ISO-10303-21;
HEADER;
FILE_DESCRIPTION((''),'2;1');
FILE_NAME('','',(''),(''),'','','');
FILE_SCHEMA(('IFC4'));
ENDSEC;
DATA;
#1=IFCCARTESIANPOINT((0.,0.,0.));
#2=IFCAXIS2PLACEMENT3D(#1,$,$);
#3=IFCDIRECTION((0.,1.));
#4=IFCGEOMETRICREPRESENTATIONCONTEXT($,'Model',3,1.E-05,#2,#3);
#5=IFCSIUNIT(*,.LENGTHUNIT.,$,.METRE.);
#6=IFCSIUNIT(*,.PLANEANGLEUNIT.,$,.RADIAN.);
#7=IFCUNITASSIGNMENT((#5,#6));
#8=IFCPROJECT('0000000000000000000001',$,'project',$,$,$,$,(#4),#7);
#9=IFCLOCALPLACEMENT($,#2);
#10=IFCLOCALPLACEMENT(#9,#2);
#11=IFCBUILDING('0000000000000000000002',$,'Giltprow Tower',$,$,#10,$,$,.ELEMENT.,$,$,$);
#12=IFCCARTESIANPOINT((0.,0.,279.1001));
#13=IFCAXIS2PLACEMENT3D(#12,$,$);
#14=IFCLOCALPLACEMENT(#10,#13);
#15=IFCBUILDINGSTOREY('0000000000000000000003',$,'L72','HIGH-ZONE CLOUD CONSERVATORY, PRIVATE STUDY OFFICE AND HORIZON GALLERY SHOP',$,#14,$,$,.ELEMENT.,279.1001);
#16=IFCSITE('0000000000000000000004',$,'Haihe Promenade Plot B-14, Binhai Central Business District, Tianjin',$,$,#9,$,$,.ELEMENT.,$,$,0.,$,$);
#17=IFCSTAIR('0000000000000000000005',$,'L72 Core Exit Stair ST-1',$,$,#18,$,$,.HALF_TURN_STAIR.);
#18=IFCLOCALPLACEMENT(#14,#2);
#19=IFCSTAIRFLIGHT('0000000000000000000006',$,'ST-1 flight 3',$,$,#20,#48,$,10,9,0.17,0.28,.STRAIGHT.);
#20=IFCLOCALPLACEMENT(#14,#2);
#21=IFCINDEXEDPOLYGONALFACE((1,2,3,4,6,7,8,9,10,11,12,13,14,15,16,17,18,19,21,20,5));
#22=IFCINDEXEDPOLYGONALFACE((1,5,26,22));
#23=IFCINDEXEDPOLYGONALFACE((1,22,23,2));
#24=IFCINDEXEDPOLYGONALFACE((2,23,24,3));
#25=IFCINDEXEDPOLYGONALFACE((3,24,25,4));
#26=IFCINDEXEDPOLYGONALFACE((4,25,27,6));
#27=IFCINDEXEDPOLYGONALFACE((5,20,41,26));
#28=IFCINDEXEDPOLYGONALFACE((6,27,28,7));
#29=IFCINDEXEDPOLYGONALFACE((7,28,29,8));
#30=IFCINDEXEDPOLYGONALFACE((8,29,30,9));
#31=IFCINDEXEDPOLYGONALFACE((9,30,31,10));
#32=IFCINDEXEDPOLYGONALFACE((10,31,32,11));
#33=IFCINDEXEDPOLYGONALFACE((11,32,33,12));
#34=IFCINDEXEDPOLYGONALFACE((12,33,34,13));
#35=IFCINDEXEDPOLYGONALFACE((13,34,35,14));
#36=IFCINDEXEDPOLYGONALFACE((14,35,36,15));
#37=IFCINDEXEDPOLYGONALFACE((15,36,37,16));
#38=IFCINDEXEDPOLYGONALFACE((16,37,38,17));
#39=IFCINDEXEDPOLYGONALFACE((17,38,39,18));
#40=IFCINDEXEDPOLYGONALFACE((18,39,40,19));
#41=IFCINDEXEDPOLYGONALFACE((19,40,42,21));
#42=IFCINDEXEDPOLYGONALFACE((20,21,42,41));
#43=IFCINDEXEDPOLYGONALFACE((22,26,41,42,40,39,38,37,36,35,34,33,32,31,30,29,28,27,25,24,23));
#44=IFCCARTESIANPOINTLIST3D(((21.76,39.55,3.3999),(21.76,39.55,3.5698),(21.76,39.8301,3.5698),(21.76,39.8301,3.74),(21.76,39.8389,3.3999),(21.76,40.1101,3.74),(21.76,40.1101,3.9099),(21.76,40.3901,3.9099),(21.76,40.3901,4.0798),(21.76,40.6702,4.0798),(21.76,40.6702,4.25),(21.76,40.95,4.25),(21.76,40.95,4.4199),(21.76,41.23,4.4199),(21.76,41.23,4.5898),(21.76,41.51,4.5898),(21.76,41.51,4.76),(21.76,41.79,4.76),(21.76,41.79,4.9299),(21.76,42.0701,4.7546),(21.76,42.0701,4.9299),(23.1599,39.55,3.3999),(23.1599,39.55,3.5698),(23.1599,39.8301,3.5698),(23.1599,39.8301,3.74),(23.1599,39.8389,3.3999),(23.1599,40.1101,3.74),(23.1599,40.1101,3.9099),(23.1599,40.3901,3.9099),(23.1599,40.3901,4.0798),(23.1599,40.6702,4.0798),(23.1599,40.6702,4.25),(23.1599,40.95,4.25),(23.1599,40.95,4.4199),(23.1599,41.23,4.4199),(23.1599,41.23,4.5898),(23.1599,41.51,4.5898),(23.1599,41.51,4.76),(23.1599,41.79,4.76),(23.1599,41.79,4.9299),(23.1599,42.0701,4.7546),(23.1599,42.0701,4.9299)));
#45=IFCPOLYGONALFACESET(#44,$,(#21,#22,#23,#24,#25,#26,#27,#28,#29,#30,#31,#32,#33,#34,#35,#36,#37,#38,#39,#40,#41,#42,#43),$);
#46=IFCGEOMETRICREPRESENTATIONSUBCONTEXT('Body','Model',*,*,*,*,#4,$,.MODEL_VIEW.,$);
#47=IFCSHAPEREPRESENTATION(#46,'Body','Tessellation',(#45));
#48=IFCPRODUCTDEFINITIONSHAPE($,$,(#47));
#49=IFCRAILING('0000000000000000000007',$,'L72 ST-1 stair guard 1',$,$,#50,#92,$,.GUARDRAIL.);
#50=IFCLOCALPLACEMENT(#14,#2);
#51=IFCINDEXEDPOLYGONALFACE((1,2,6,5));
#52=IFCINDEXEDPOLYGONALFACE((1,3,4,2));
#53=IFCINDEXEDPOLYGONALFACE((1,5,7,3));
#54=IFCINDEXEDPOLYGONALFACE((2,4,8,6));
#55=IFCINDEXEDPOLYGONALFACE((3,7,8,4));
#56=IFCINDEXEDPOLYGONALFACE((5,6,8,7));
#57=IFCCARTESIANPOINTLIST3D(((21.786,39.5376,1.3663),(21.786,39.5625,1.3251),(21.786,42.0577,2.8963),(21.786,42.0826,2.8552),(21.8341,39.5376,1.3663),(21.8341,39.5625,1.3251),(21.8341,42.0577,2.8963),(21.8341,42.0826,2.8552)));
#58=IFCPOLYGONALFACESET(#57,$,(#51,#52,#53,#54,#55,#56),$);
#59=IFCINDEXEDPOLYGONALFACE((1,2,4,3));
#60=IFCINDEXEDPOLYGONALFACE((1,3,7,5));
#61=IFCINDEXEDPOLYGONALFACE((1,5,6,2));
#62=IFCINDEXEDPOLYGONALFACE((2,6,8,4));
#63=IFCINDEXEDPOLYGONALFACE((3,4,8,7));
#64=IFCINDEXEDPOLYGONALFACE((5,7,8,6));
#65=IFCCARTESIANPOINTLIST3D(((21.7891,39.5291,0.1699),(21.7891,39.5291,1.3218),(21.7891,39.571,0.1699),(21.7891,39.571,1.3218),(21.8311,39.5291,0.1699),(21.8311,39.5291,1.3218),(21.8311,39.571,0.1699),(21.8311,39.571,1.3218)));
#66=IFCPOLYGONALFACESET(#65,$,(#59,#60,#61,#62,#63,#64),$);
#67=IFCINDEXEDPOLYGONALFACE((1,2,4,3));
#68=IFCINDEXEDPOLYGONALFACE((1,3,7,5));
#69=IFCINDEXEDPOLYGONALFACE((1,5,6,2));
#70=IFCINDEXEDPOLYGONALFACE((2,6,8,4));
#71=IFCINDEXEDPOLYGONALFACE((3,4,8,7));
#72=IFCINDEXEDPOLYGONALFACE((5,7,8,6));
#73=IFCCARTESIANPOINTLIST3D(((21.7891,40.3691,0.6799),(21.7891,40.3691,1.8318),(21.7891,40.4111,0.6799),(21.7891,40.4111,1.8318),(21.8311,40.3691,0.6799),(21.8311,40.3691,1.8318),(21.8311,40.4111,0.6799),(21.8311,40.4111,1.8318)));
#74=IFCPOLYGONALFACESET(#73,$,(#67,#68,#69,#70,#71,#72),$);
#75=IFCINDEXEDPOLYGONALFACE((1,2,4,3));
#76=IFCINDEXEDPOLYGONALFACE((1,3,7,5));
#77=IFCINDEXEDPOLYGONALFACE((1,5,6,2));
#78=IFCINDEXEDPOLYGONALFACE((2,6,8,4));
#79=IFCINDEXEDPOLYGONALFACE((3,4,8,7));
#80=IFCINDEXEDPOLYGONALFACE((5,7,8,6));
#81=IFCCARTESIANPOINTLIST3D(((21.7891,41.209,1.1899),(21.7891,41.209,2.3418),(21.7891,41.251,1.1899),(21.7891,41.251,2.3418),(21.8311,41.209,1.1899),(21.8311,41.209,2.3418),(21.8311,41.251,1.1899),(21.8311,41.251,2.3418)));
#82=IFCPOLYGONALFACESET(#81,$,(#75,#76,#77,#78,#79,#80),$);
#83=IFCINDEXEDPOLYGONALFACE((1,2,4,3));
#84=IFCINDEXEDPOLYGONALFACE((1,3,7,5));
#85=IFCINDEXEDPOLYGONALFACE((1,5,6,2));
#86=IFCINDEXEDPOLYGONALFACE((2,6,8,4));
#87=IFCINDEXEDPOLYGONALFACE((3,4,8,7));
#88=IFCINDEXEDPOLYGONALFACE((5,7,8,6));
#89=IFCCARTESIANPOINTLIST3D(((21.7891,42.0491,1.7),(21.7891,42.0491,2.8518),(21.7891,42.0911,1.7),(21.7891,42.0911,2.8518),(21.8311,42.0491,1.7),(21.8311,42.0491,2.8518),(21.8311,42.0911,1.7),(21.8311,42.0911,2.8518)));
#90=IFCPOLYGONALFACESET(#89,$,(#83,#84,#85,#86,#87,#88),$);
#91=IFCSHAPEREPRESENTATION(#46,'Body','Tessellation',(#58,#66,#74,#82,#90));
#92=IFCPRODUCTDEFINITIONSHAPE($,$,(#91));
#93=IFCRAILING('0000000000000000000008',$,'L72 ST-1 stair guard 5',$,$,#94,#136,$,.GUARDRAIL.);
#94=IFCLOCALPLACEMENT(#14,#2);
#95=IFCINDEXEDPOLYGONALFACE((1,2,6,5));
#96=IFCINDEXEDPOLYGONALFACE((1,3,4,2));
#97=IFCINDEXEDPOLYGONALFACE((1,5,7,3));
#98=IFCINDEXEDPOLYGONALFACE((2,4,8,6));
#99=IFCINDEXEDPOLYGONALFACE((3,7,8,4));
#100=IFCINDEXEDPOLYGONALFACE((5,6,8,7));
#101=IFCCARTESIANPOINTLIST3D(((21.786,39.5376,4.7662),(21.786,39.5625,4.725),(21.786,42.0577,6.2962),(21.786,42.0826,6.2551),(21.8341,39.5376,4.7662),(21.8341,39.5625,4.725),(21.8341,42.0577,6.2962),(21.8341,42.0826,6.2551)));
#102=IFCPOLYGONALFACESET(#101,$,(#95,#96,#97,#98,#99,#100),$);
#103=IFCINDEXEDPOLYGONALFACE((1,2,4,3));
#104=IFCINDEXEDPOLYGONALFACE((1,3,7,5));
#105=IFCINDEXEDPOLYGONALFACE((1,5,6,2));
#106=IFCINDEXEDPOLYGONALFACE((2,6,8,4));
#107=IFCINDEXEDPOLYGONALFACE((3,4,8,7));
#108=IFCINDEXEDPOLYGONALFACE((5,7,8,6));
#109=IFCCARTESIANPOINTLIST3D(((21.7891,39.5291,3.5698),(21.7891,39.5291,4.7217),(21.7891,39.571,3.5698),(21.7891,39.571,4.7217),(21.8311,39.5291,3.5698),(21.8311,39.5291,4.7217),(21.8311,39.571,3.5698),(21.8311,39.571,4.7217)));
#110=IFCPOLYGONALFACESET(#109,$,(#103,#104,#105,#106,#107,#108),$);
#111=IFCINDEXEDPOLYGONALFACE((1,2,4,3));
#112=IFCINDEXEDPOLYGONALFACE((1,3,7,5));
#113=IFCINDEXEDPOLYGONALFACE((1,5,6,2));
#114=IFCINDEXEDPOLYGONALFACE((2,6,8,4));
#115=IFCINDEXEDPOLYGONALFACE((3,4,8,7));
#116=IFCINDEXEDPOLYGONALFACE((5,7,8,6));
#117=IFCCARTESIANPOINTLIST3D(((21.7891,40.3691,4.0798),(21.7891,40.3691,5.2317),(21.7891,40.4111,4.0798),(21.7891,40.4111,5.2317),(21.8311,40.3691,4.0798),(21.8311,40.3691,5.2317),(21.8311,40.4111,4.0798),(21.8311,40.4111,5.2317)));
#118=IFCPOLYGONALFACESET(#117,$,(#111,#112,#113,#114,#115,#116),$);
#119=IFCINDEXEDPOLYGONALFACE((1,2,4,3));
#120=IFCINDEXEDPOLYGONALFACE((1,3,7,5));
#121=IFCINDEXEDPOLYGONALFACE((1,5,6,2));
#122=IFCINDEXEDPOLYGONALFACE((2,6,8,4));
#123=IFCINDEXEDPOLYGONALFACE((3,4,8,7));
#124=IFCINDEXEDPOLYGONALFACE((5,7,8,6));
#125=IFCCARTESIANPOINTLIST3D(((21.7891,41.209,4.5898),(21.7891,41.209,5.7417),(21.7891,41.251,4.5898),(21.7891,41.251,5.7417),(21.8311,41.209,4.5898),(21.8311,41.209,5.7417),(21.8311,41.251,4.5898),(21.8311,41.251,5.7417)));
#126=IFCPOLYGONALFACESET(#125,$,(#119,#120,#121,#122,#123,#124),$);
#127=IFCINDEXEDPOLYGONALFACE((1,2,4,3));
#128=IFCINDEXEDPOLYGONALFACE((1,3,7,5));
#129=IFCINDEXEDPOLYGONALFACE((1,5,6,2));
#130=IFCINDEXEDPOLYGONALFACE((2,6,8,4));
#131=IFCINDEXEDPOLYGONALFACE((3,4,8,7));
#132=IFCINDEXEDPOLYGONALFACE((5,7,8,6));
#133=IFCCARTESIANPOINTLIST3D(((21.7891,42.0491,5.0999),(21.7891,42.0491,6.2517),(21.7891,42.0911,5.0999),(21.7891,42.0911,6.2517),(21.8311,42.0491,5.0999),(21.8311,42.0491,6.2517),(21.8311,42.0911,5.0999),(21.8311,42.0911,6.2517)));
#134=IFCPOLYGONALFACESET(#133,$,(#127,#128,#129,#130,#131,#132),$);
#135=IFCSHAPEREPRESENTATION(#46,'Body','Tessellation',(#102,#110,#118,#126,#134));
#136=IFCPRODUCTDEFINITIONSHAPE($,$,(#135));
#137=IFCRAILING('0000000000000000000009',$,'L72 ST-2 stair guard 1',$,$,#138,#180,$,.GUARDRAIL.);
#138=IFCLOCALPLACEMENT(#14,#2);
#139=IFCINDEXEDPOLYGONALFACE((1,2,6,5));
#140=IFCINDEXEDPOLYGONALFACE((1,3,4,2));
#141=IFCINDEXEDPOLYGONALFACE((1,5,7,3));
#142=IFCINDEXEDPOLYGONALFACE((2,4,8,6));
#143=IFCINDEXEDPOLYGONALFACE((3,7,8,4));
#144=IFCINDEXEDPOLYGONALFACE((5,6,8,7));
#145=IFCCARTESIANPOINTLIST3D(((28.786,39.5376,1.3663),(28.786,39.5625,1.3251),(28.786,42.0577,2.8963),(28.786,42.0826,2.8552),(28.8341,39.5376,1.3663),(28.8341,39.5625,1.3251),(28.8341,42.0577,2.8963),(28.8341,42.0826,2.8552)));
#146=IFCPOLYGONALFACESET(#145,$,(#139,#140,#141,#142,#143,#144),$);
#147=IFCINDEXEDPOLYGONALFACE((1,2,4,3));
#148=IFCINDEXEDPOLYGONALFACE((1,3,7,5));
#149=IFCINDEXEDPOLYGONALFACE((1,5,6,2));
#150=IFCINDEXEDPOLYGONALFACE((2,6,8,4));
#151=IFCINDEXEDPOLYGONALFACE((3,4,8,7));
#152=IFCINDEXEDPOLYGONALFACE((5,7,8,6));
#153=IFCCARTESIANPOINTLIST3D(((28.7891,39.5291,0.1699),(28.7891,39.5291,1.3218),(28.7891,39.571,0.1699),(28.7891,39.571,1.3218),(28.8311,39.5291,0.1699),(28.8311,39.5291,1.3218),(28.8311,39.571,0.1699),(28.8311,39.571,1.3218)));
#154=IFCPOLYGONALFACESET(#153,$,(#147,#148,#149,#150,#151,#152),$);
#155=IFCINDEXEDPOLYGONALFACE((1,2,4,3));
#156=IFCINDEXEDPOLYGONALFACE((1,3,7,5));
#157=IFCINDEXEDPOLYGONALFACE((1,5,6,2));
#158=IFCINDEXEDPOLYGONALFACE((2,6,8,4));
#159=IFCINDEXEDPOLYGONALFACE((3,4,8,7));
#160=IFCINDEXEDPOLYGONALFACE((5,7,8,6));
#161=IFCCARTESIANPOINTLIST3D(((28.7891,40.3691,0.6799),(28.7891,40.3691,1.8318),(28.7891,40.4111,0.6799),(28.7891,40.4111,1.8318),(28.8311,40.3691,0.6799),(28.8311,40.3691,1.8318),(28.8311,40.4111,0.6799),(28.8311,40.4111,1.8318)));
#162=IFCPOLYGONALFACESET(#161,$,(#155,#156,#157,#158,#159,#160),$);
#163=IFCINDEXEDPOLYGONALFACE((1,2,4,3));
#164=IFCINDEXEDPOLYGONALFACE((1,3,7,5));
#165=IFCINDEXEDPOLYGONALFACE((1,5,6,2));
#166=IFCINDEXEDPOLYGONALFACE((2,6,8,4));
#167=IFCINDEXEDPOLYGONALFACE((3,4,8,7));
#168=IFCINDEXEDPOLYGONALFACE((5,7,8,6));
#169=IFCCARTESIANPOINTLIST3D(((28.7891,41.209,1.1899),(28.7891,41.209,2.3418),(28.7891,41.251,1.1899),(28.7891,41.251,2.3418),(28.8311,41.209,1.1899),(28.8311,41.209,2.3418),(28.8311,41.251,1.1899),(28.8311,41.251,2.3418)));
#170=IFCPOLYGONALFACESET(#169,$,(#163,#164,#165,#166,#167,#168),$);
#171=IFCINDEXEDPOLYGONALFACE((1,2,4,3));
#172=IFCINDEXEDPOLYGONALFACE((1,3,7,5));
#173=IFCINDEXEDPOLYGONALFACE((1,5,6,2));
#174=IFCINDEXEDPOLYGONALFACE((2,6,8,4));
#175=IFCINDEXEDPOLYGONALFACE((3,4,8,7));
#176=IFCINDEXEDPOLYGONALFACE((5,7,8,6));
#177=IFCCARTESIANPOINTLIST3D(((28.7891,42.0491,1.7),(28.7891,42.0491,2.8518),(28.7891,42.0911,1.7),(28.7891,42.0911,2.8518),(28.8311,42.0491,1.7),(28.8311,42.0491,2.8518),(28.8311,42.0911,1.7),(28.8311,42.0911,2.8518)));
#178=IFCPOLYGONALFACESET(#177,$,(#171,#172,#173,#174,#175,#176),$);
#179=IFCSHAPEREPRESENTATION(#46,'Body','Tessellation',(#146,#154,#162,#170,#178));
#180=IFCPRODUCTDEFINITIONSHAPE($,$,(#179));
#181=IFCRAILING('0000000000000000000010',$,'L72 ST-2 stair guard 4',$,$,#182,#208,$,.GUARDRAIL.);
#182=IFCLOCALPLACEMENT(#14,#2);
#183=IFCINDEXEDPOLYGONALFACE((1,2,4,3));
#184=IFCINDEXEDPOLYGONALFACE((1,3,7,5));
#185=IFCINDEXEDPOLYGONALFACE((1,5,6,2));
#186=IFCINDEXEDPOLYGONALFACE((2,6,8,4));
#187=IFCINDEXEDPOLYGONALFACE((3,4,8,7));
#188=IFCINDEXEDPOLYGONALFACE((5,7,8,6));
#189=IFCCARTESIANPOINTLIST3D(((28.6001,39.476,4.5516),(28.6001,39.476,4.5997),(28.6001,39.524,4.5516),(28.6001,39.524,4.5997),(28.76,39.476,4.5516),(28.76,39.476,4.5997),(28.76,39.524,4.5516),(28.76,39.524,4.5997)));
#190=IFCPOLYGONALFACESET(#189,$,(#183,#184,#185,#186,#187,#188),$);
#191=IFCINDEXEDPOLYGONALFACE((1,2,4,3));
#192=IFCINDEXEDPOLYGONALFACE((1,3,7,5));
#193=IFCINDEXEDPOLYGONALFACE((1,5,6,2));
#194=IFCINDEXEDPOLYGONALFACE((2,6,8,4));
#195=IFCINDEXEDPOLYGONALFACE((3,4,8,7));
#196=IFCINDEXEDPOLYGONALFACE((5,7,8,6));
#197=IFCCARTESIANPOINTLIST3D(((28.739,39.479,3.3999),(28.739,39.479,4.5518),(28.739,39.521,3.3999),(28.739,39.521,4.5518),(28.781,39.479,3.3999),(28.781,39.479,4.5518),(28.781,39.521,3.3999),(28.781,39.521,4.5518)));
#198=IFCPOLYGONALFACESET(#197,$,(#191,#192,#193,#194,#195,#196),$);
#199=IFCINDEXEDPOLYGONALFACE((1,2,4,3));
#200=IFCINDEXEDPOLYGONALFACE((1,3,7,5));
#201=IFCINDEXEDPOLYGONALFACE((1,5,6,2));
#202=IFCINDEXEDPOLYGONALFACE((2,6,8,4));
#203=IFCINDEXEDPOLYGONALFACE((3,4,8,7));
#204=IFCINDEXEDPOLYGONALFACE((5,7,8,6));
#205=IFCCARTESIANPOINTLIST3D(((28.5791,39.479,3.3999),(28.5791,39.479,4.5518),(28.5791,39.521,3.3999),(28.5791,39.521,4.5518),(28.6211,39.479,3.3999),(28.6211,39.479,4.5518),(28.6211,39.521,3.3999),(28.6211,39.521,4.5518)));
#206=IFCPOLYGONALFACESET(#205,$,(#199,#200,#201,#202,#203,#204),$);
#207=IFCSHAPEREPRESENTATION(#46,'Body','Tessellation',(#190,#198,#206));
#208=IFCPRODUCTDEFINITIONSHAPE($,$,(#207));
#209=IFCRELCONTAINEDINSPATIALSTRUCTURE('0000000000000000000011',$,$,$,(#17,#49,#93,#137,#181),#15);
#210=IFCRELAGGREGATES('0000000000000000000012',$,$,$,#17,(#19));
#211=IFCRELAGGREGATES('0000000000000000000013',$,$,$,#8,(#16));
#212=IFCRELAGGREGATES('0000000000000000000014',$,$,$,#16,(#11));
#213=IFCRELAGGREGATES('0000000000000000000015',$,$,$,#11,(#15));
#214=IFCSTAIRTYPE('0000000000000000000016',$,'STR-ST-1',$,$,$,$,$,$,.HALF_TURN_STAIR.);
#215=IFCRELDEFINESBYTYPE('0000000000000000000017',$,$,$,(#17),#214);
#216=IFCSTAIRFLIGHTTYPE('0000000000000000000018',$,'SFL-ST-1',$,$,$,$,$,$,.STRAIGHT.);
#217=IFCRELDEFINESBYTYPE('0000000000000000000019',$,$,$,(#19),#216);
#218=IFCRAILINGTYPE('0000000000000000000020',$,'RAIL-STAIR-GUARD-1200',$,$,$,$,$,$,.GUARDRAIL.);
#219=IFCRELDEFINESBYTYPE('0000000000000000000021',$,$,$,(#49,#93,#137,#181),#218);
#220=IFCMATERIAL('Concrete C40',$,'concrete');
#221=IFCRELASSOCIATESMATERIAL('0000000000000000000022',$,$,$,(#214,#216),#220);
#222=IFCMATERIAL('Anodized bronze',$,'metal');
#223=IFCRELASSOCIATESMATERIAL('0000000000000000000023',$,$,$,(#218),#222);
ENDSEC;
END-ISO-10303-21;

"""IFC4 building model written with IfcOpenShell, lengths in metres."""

from ifc_helpers import new_model, si_unit, direction, frame, origin, origin_2d, place, context, subcontext, project, spatial, polyline, rectangle, outline, extrude, material, type_object, element, aggregate, save


model = new_model("IFC4")

# Units and contexts
model_context = context("Model", 3, precision=1e-05, world=origin(), true_north=direction((0.0, 1.0)))
body_context = subcontext(model_context, "Body", "Model", "MODEL_VIEW")
ifc_project = project(units=[si_unit("LENGTHUNIT", "METRE"), si_unit("PLANEANGLEUNIT", "RADIAN")], contexts=[model_context])

# Site, building, storey
site_placement = place(None, origin())
site = spatial("IfcSite", under=ifc_project, at=site_placement, Name="Haihe Promenade Plot B-14, Binhai Central Business District, Tianjin", CompositionType="ELEMENT", RefElevation=0.0)
building_placement = place(site_placement, origin())
building = spatial("IfcBuilding", under=site, at=building_placement, Name="Giltprow Tower", CompositionType="ELEMENT")
storey_placement = place(building_placement, frame((0.0, 0.0, 279.1001)))
storey = spatial("IfcBuildingStorey", under=building, at=storey_placement, Name="L72", Description="HIGH-ZONE CLOUD CONSERVATORY, PRIVATE STUDY OFFICE AND HORIZON GALLERY SHOP", CompositionType="ELEMENT", Elevation=279.1001)

# Shared definitions
ifc_material_1 = material(Name="Concrete C40", Category="concrete")

# Stair, stair flight
stair_type = type_object("IfcStairType", Name="STR-ST-1", PredefinedType="HALF_TURN_STAIR", material=ifc_material_1)
stair_placement = place(storey_placement, origin())
stair = element("IfcStair", 1, at=stair_placement, inside=storey, type_object=stair_type, Name="L72 Core Exit Stair ST-1", PredefinedType="HALF_TURN_STAIR")
stair_flight_type = type_object("IfcStairFlightType", Name="SFL-ST-1", PredefinedType="STRAIGHT", material=ifc_material_1)
stair_flight_1_placement = place(storey_placement, frame((22.46, 39.55, 3.3999), z_axis=(0.0, 0.0, 1.0), x_axis=(0.0, 1.0, 0.0)))
stair_flight_1 = element("IfcStairFlight", 2, at=stair_flight_1_placement, type_object=stair_flight_type, Name="ST-1 flight 3", NumberOfRisers=10, NumberOfTreads=9, PredefinedType="STRAIGHT", RiserHeight=0.17, TreadLength=0.28, context=body_context, shape_type="SweptSolid", body=[
    extrude(outline(polyline([(0.0, 0.0), (0.0, 0.1699), (0.28, 0.1699), (0.28, 0.3401), (0.5601, 0.3401), (0.5601, 0.51), (0.8401, 0.51), (0.8401, 0.6799), (1.1201, 0.6799), (1.1201, 0.8501), (1.3999, 0.8501), (1.3999, 1.02), (1.6799, 1.02), (1.6799, 1.1899), (1.96, 1.1899), (1.96, 1.3601), (2.24, 1.3601), (2.24, 1.53), (2.52, 1.53), (2.52, 1.7), (2.52, 1.3547), (0.2888, 0.0), (0.0, 0.0)])), frame((0.0, 0.7, 0.0), z_axis=(0.0, -1.0, 0.0), x_axis=(1.0, 0.0, 0.0)), (0.0, 0.0, 1.0), 1.3999),
])
aggregate(stair, [stair_flight_1])

# Railings
ifc_material_2 = material(Name="Anodized bronze", Category="metal")
railing_type_1 = type_object("IfcRailingType", Name="RAIL-STAIR-GUARD-1200", PredefinedType="GUARDRAIL", material=ifc_material_2)
for number, where, name in (
    (3, (21.8101, 39.55, 0.1699), "L72 ST-1 stair guard 1"),
    (4, (21.8101, 39.55, 3.5698), "L72 ST-1 stair guard 5"),
    (5, (28.8101, 39.55, 0.1699), "L72 ST-2 stair guard 1"),
):
    element("IfcRailing", number, at=place(storey_placement, frame(where)), inside=storey, type_object=railing_type_1, Name=name, PredefinedType="GUARDRAIL", context=body_context, shape_type="SweptSolid", body=[
        extrude(rectangle(XDim=0.0481, YDim=0.0481, at=origin_2d()), frame((0.0, 0.0, 1.1758), z_axis=(0.0, 0.854785, 0.518982), x_axis=(-1.0, 0.0, 0.0)), (0.0, 0.0, 1.0), 2.9482),
        extrude(rectangle(XDim=0.042, YDim=0.042, at=origin_2d()), origin(), (0.0, 0.0, 1.0), 1.1519),
        extrude(rectangle(XDim=0.042, YDim=0.042, at=origin_2d()), frame((0.0, 0.8401, 0.51)), (0.0, 0.0, 1.0), 1.1519),
        extrude(rectangle(XDim=0.042, YDim=0.042, at=origin_2d()), frame((0.0, 1.6799, 1.02)), (0.0, 0.0, 1.0), 1.1519),
        extrude(rectangle(XDim=0.042, YDim=0.042, at=origin_2d()), frame((0.0, 2.52, 1.53)), (0.0, 0.0, 1.0), 1.1519),
    ])
railing_1_placement = place(storey_placement, frame((28.76, 39.5, 3.3999)))
element("IfcRailing", 6, at=railing_1_placement, inside=storey, type_object=railing_type_1, Name="L72 ST-2 stair guard 4", PredefinedType="GUARDRAIL", context=body_context, shape_type="SweptSolid", body=[
    extrude(rectangle(XDim=0.0481, YDim=0.0481, at=origin_2d()), frame((0.0, 0.0, 1.1758), z_axis=(-1.0, 0.0, 0.0), x_axis=(0.0, -1.0, 0.0)), (0.0, 0.0, 1.0), 0.1599),
    extrude(rectangle(XDim=0.042, YDim=0.042, at=origin_2d()), origin(), (0.0, 0.0, 1.0), 1.1519),
    extrude(rectangle(XDim=0.042, YDim=0.042, at=origin_2d()), frame((-0.1599, 0.0, 0.0)), (0.0, 0.0, 1.0), 1.1519),
])

save(model, "model.ifc")
